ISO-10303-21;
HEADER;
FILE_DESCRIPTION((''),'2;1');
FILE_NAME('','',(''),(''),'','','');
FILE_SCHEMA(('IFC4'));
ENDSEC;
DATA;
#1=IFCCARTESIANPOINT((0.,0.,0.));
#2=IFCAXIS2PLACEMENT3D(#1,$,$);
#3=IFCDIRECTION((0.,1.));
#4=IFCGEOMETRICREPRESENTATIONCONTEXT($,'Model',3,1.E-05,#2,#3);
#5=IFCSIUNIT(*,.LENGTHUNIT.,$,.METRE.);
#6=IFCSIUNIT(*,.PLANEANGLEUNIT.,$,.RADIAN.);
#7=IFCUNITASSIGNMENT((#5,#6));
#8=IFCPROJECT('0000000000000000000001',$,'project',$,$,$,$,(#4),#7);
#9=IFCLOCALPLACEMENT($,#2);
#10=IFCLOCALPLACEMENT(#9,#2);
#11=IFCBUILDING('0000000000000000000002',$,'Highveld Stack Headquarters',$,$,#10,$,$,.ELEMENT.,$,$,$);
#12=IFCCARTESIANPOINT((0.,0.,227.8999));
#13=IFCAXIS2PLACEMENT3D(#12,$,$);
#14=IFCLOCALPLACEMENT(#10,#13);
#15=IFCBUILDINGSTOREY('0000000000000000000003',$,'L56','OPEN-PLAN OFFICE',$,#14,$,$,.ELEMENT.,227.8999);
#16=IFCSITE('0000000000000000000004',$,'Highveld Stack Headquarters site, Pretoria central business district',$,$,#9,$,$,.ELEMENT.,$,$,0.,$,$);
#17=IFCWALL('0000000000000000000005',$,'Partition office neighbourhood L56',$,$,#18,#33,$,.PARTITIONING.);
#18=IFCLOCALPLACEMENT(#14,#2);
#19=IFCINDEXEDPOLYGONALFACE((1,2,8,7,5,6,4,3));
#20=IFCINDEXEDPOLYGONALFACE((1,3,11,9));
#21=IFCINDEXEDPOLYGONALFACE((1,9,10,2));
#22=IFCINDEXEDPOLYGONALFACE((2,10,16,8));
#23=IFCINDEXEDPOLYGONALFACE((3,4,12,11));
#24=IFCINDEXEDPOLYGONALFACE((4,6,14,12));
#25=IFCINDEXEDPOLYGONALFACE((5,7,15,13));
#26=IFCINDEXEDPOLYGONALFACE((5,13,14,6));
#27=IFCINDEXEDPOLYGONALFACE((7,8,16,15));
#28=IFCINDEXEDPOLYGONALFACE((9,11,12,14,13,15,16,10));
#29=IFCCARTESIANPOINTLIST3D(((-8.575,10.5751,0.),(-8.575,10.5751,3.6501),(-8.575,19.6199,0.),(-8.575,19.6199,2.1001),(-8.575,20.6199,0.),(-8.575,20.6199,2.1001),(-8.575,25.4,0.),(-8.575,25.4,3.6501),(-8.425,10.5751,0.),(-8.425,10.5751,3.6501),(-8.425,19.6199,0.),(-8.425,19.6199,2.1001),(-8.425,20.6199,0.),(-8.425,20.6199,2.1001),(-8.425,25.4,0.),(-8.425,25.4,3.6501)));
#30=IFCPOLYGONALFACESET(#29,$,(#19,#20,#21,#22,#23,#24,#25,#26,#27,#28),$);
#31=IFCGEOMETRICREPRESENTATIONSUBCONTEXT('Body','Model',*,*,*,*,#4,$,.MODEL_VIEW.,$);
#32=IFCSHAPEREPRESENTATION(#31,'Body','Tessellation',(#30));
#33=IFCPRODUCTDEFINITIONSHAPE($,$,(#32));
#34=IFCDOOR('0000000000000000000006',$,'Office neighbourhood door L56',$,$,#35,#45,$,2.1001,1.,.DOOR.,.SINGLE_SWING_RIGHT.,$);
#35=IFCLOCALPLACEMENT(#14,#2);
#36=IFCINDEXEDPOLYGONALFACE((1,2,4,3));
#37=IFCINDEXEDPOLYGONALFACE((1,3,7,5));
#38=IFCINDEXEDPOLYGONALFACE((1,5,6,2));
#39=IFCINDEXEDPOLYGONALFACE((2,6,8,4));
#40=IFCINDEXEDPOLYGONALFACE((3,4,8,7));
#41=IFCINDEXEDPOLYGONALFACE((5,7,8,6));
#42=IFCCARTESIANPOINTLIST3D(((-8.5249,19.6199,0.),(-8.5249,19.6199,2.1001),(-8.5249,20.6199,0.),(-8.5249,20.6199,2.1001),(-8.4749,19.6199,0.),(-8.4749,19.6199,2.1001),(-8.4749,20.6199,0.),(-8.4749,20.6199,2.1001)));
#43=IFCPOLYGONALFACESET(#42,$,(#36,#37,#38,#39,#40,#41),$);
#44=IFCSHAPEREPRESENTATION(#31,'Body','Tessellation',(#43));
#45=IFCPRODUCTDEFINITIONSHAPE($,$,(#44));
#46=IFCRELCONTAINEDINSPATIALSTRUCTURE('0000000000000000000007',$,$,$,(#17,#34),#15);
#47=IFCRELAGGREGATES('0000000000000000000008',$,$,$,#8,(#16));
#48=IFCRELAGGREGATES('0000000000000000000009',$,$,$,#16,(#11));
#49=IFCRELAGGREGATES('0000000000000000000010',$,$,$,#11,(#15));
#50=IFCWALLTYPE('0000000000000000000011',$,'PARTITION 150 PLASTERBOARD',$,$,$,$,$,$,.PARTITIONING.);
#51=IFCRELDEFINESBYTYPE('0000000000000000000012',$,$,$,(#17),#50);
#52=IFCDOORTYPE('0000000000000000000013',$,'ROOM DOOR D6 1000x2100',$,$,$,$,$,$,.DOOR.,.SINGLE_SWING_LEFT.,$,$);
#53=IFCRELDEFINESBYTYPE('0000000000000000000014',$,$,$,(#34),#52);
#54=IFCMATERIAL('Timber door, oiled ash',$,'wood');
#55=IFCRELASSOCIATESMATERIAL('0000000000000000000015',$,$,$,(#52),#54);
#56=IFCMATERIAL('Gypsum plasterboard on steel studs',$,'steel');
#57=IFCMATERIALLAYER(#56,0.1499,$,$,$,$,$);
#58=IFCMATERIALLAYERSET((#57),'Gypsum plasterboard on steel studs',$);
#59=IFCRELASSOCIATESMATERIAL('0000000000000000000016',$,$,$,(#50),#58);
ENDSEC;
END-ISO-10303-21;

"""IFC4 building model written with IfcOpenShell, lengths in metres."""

from ifc_helpers import new_model, si_unit, direction, frame, frame_2d, origin, place, context, subcontext, project, spatial, rectangle, extrude, material, layer, layer_set, type_object, element, fill, save


model = new_model("IFC4")

# Units and contexts
model_context = context("Model", 3, precision=1e-05, world=origin(), true_north=direction((0.0, 1.0)))
body_context = subcontext(model_context, "Body", "Model", "MODEL_VIEW")
ifc_project = project(units=[si_unit("LENGTHUNIT", "METRE"), si_unit("PLANEANGLEUNIT", "RADIAN")], contexts=[model_context])

# Site, building, storey
site_placement = place(None, origin())
site = spatial("IfcSite", under=ifc_project, at=site_placement, Name="Highveld Stack Headquarters site, Pretoria central business district", CompositionType="ELEMENT", RefElevation=0.0)
building_placement = place(site_placement, origin())
building = spatial("IfcBuilding", under=site, at=building_placement, Name="Highveld Stack Headquarters", CompositionType="ELEMENT")
storey_placement = place(building_placement, frame((0.0, 0.0, 227.8999)))
storey = spatial("IfcBuildingStorey", under=building, at=storey_placement, Name="L56", Description="OPEN-PLAN OFFICE", CompositionType="ELEMENT", Elevation=227.8999)

# Shared definitions
ifc_material_1 = material(Name="Timber door, oiled ash", Category="wood")
door_type = type_object("IfcDoorType", Name="ROOM DOOR D6 1000x2100", OperationType="SINGLE_SWING_LEFT", PredefinedType="DOOR", material=ifc_material_1)

# Shared definitions
ifc_material_2 = material(Name="Gypsum plasterboard on steel studs", Category="steel")
ifc_layer_1 = layer(ifc_material_2, 0.1499)
ifc_layer_set_1 = layer_set([ifc_layer_1], Name="Gypsum plasterboard on steel studs")
wall_type_1 = type_object("IfcWallType", Name="PARTITION 150 PLASTERBOARD", PredefinedType="PARTITIONING", material=ifc_layer_set_1)

# Wall, opening, door
wall_1_placement = place(storey_placement, frame((-8.5, 10.575, 0.0), z_axis=(0.0, 0.0, 1.0), x_axis=(0.0, 1.0, 0.0)))
wall_1 = element("IfcWall", 1, at=wall_1_placement, inside=storey, type_object=wall_type_1, Name="Partition office neighbourhood L56", PredefinedType="PARTITIONING", context=body_context, shape_type="SweptSolid", body=[
    extrude(rectangle(XDim=14.825, YDim=0.1499, at=frame_2d((7.4126, 0.0))), origin(), (0.0, 0.0, 1.0), 3.6501),
])
opening_1_placement = place(wall_1_placement, frame((9.0449, 0.0, 0.0)))
opening_1 = element("IfcOpeningElement", 2, at=opening_1_placement, cuts=wall_1, PredefinedType="OPENING", context=body_context, shape_type="SweptSolid", body=[
    extrude(rectangle(XDim=1.0, YDim=2.1001, at=frame_2d((0.5, 1.05))), frame((0.0, 0.085, 0.0), z_axis=(0.0, -1.0, 0.0), x_axis=(1.0, 0.0, 0.0)), (0.0, 0.0, 1.0), 0.1699),
])
door_1_placement = place(opening_1_placement, origin())
door_1 = element("IfcDoor", 3, at=door_1_placement, inside=storey, type_object=door_type, Name="Office neighbourhood door L56", OperationType="SINGLE_SWING_RIGHT", OverallHeight=2.1001, OverallWidth=1.0, PredefinedType="DOOR", context=body_context, shape_type="SweptSolid", body=[
    extrude(rectangle(XDim=1.0, YDim=2.1001, at=frame_2d((0.5, 1.05))), frame((0.0, 0.0249, 0.0), z_axis=(0.0, -1.0, 0.0), x_axis=(1.0, 0.0, 0.0)), (0.0, 0.0, 1.0), 0.05),
])
fill(opening_1, door_1)

save(model, "model.ifc")
